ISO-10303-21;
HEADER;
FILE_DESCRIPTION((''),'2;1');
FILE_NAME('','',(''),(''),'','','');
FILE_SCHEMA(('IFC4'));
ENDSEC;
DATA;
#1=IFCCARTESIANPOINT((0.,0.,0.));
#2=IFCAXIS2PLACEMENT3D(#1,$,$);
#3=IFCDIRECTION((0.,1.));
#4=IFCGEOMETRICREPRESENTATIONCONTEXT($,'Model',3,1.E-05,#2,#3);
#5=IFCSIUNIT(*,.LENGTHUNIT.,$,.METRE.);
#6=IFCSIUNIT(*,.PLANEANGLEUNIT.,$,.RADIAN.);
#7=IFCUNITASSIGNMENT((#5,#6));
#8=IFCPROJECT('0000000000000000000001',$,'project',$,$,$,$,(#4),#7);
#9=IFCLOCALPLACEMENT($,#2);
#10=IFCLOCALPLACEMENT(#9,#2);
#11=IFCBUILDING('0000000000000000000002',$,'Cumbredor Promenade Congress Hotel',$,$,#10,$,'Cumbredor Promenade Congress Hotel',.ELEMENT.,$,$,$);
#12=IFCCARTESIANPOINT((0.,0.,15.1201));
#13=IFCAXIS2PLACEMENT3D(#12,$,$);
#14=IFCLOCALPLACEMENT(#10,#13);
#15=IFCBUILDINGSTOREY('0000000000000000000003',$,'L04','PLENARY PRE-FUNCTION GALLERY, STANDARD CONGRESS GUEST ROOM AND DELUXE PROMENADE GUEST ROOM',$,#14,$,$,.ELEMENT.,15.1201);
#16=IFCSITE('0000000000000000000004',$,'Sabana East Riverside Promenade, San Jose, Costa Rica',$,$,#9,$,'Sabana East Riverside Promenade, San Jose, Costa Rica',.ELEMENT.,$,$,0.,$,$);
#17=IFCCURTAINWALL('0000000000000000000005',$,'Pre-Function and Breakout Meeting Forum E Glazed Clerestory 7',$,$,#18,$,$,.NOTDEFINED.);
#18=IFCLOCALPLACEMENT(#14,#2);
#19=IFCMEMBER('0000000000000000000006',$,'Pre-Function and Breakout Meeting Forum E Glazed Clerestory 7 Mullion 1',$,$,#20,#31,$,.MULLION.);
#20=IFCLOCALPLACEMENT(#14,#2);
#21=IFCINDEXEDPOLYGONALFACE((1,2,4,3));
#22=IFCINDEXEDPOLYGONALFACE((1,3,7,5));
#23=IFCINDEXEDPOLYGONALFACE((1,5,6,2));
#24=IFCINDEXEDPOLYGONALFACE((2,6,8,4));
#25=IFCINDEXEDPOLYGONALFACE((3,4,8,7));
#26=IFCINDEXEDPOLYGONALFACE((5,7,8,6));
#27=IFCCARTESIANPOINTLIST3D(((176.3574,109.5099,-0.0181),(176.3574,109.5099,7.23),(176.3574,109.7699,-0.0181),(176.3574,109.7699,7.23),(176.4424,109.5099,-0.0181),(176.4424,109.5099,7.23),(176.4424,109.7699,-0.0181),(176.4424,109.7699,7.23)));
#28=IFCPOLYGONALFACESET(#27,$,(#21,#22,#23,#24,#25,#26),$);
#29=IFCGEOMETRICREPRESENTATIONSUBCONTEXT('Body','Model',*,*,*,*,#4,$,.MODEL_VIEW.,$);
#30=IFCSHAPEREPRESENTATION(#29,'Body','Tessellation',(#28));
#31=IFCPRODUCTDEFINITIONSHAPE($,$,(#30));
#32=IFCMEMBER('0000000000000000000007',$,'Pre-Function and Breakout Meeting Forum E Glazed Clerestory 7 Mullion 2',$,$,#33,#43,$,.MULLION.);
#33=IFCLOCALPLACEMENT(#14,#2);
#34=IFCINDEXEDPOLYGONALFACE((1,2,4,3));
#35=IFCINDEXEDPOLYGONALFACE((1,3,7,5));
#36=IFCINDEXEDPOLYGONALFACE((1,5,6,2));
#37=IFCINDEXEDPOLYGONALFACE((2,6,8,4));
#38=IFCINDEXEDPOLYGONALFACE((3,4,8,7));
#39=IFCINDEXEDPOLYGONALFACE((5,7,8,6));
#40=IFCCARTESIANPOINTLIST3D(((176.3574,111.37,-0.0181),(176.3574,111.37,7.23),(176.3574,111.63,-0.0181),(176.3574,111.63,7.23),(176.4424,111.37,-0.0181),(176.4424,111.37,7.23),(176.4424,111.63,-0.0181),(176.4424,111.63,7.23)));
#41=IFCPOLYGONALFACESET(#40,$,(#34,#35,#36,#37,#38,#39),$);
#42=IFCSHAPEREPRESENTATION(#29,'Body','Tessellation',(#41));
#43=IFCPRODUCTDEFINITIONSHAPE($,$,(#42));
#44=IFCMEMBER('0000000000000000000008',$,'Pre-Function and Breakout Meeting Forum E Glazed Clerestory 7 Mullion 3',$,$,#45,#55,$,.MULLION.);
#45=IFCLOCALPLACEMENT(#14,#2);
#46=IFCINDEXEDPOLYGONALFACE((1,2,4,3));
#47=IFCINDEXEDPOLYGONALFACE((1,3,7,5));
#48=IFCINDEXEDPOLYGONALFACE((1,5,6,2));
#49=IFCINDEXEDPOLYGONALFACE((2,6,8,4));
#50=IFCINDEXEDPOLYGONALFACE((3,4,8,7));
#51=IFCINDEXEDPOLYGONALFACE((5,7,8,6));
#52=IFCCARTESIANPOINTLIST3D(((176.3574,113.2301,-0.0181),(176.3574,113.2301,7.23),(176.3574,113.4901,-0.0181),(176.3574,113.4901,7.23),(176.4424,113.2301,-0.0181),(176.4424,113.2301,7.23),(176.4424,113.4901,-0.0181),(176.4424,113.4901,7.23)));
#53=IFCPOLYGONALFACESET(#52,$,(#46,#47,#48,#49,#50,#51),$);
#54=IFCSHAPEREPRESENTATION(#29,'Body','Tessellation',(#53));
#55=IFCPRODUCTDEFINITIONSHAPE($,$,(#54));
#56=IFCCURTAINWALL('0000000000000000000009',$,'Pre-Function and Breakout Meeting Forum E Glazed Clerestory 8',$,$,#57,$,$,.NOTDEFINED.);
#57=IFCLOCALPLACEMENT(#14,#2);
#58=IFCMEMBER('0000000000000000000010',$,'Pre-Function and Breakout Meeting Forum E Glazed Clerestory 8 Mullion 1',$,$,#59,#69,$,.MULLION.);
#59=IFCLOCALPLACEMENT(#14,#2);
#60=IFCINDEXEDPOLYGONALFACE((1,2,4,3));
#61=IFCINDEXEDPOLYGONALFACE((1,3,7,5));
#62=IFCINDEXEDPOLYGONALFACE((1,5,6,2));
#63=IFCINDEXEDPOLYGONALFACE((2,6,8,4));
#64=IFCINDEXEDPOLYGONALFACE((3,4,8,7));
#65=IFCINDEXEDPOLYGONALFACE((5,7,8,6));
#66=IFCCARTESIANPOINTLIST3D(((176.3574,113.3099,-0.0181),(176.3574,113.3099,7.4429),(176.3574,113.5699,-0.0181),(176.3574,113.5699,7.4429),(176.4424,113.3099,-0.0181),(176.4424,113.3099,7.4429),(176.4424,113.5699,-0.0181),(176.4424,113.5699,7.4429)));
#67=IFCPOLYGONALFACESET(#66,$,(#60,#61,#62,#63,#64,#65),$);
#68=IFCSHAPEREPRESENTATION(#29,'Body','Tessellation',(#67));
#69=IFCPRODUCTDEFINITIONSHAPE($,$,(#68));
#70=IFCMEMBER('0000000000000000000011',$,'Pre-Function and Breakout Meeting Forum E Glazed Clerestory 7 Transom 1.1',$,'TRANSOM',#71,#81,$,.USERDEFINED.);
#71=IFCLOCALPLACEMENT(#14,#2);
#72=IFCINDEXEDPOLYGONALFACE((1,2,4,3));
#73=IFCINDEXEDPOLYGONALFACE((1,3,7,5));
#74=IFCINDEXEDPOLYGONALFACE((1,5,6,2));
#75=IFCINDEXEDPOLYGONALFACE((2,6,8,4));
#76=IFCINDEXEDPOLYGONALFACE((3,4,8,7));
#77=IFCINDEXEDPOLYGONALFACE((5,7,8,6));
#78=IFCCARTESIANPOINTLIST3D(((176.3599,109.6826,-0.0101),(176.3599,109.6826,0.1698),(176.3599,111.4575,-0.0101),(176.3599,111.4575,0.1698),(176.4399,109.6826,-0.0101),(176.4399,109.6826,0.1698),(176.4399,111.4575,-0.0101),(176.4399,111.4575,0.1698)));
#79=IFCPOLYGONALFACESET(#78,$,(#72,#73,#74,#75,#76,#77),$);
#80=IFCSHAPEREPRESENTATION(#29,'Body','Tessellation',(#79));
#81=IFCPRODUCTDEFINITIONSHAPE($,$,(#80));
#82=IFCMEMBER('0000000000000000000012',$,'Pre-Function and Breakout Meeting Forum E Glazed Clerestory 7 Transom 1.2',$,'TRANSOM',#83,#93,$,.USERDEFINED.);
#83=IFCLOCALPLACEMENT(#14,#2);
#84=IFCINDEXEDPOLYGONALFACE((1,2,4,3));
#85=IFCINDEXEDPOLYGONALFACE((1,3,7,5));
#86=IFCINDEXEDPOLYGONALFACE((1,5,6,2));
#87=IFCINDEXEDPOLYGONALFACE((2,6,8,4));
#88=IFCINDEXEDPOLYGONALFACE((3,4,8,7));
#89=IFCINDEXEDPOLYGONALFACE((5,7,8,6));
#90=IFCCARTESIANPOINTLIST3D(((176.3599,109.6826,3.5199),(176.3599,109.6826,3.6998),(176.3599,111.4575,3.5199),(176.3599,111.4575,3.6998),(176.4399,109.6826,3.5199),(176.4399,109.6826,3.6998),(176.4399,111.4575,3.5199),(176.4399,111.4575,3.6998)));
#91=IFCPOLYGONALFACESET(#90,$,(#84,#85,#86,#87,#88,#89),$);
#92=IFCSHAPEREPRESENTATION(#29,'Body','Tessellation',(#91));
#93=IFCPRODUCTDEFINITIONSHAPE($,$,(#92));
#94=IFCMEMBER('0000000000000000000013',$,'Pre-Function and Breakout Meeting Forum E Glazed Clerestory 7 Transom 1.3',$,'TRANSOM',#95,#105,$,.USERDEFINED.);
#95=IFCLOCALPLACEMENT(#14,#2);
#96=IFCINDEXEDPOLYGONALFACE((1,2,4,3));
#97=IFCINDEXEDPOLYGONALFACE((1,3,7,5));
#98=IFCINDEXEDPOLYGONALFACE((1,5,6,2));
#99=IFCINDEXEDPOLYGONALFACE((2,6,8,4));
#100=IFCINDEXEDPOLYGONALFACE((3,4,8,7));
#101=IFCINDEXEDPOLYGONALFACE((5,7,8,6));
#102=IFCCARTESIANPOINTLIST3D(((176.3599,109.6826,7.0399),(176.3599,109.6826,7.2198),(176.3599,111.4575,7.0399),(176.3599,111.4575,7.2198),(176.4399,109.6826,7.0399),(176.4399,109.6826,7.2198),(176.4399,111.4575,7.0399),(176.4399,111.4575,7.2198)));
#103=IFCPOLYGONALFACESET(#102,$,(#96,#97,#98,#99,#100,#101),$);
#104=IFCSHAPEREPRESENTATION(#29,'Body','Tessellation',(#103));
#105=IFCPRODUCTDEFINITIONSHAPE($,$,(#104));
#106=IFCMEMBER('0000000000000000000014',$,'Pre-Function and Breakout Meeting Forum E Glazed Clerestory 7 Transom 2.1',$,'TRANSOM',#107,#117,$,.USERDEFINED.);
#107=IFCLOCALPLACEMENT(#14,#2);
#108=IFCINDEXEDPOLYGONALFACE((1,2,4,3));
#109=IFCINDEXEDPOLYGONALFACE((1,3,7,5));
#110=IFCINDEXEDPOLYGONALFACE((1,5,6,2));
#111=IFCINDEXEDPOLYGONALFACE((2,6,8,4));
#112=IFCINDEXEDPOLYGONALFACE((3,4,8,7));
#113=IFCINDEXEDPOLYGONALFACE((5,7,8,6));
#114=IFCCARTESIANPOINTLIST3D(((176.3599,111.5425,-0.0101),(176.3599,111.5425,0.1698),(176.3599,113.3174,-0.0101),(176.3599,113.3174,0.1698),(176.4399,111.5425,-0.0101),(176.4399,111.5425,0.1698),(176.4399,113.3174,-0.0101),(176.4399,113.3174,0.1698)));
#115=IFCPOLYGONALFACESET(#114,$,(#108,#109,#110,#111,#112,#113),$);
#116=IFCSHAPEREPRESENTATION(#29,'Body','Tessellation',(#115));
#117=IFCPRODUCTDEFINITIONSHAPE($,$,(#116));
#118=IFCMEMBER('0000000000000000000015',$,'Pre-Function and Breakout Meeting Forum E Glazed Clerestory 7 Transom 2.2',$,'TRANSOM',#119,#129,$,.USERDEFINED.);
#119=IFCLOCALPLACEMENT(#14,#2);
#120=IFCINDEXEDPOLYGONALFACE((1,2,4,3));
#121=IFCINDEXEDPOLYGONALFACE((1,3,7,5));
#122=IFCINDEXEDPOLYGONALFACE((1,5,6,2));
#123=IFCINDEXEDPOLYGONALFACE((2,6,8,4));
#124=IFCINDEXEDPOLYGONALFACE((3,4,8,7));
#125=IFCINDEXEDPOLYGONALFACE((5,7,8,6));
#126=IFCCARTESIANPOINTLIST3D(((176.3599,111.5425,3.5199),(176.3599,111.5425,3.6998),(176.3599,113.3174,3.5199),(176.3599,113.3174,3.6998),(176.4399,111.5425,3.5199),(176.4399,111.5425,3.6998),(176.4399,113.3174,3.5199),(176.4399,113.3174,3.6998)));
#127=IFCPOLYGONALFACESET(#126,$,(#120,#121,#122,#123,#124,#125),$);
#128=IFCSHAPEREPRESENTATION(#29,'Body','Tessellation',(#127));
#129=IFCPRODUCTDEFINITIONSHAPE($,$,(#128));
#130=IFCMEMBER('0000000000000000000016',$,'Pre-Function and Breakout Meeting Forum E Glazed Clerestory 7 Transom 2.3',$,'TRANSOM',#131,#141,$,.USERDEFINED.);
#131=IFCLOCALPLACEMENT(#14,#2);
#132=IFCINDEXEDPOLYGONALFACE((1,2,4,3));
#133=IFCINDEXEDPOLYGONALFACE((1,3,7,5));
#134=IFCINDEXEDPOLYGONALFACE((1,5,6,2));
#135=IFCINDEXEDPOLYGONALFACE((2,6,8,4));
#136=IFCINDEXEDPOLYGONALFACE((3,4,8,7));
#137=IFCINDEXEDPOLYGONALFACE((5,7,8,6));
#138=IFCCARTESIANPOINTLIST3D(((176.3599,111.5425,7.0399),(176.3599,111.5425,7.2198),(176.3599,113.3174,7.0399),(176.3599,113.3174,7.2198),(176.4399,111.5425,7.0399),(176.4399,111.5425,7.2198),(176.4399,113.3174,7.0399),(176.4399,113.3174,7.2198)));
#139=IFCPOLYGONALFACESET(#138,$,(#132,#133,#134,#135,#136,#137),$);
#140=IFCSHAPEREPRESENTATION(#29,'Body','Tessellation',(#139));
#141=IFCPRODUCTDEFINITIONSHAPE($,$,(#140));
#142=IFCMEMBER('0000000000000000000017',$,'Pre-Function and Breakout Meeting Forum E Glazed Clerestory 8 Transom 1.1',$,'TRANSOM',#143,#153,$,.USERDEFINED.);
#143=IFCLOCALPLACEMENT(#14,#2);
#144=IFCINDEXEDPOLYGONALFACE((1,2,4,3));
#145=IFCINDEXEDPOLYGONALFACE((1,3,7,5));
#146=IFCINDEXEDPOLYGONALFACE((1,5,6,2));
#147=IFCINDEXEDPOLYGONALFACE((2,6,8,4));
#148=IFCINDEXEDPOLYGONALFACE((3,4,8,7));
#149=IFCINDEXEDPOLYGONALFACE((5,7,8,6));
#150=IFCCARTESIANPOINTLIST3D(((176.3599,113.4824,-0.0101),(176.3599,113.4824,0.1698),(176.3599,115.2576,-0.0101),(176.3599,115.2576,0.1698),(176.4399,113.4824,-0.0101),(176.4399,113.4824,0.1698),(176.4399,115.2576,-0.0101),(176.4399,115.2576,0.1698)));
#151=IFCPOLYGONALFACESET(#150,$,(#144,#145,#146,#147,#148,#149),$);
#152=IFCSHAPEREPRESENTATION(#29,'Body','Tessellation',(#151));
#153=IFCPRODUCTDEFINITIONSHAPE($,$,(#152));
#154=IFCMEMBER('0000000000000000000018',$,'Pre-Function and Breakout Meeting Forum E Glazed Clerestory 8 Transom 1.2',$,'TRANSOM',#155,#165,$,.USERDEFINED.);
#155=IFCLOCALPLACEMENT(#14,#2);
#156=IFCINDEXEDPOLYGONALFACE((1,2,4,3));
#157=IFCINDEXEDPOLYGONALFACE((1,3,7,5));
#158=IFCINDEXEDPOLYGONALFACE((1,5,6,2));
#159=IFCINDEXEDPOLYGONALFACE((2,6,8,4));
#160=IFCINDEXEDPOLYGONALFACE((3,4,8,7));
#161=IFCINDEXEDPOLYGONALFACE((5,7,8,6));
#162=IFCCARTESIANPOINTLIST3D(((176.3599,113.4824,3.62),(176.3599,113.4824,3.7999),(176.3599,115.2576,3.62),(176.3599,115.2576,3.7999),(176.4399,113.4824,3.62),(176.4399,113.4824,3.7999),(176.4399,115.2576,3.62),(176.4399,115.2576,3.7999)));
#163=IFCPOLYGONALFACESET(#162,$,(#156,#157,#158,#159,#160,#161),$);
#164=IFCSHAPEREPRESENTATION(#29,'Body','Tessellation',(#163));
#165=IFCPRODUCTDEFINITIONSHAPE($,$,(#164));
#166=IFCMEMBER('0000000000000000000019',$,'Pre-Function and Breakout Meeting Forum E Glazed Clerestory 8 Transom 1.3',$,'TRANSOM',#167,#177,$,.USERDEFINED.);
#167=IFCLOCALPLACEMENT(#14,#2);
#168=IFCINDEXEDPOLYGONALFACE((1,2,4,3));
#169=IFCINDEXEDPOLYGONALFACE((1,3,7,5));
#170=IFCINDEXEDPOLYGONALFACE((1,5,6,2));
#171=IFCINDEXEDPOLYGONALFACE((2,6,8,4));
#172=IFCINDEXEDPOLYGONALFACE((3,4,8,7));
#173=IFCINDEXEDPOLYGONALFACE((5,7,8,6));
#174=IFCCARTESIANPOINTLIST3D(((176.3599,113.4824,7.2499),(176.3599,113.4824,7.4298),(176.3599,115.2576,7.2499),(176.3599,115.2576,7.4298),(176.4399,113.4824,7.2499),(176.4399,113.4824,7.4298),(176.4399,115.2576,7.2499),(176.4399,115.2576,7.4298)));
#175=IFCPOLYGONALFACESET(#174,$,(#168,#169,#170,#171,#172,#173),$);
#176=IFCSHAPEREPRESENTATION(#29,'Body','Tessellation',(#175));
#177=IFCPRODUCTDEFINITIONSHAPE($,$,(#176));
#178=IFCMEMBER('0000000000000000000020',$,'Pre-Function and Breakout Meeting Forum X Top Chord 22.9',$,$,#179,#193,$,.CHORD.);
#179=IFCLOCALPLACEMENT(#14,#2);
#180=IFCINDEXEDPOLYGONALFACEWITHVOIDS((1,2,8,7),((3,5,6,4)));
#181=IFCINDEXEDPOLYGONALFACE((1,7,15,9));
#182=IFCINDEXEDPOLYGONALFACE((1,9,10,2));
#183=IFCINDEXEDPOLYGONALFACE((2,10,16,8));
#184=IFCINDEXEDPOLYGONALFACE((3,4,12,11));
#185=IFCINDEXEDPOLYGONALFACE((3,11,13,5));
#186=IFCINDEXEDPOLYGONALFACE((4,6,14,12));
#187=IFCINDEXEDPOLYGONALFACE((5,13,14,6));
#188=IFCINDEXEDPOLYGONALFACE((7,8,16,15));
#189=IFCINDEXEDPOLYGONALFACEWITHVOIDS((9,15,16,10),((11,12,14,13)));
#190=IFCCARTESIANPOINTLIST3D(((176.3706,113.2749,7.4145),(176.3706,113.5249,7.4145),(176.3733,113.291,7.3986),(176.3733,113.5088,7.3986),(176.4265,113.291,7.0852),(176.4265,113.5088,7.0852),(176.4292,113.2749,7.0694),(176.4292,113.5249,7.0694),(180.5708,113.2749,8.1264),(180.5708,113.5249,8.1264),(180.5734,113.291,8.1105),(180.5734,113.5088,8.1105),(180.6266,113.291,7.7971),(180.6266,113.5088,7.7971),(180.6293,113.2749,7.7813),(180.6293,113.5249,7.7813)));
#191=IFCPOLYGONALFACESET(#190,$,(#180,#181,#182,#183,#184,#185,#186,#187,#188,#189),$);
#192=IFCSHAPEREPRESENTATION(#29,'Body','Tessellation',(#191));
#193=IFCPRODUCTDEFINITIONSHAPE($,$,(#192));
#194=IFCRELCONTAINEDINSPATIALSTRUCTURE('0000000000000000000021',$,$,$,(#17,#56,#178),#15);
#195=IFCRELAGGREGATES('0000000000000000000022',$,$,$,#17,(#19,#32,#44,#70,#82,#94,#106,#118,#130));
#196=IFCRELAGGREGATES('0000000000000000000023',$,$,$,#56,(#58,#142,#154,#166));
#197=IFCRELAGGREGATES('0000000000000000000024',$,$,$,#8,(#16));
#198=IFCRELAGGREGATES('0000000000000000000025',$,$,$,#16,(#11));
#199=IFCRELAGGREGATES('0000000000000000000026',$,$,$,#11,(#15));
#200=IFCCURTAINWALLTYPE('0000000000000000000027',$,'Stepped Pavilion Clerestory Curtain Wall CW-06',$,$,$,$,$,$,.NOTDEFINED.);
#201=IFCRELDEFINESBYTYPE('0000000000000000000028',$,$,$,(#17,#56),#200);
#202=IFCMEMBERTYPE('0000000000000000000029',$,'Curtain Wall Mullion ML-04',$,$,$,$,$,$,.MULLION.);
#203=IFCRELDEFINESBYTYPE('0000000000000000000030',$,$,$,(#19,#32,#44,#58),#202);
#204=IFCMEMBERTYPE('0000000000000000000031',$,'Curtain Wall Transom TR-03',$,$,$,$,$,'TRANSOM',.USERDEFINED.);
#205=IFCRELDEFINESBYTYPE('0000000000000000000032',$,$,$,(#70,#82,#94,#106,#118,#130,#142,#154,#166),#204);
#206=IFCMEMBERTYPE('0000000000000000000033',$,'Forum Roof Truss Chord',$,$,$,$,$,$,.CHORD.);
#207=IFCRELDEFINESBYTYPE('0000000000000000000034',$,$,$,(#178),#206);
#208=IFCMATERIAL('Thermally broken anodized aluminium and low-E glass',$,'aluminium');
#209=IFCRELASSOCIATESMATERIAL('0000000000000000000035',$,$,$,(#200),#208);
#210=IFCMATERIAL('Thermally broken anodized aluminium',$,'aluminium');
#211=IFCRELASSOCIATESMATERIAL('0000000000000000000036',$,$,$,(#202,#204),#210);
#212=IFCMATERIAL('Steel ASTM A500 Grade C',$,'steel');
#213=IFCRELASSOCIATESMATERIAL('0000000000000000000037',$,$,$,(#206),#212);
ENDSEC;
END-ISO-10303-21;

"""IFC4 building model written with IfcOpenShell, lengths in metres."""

from ifc_helpers import new_model, si_unit, direction, frame, origin, origin_2d, place, context, subcontext, project, spatial, rectangle, hollow_rectangle, extrude, material, material_profile, profile_set, type_object, element, aggregate, save


model = new_model("IFC4")

# Units and contexts
model_context = context("Model", 3, precision=1e-05, world=origin(), true_north=direction((0.0, 1.0)))
body_context = subcontext(model_context, "Body", "Model", "MODEL_VIEW")
ifc_project = project(units=[si_unit("LENGTHUNIT", "METRE"), si_unit("PLANEANGLEUNIT", "RADIAN")], contexts=[model_context])

# Site, building, storey
site_placement = place(None, origin())
site = spatial("IfcSite", under=ifc_project, at=site_placement, Name="Sabana East Riverside Promenade, San Jose, Costa Rica", LongName="Sabana East Riverside Promenade, San Jose, Costa Rica", CompositionType="ELEMENT", RefElevation=0.0)
building_placement = place(site_placement, origin())
building = spatial("IfcBuilding", under=site, at=building_placement, Name="Cumbredor Promenade Congress Hotel", LongName="Cumbredor Promenade Congress Hotel", CompositionType="ELEMENT")
storey_placement = place(building_placement, frame((0.0, 0.0, 15.1201)))
storey = spatial("IfcBuildingStorey", under=building, at=storey_placement, Name="L04", Description="PLENARY PRE-FUNCTION GALLERY, STANDARD CONGRESS GUEST ROOM AND DELUXE PROMENADE GUEST ROOM", CompositionType="ELEMENT", Elevation=15.1201)

# Curtain wall, members
ifc_material_1 = material(Name="Thermally broken anodized aluminium and low-E glass", Category="aluminium")
curtain_wall_type = type_object("IfcCurtainWallType", Name="Stepped Pavilion Clerestory Curtain Wall CW-06", PredefinedType="NOTDEFINED", material=ifc_material_1)
curtain_wall_1_placement = place(storey_placement, origin())
curtain_wall_1 = element("IfcCurtainWall", 1, at=curtain_wall_1_placement, inside=storey, type_object=curtain_wall_type, Name="Pre-Function and Breakout Meeting Forum E Glazed Clerestory 7", PredefinedType="NOTDEFINED")
ifc_material_2 = material(Name="Thermally broken anodized aluminium", Category="aluminium")
ifc_material_profile_1 = material_profile(ifc_material_2, rectangle(XDim=0.085, YDim=0.26, at=origin_2d()), Name="ALU MULLION CLERESTORY 85x260")
ifc_profile_set_1 = profile_set([ifc_material_profile_1], Name="Thermally broken anodized aluminium")
member_type_1 = type_object("IfcMemberType", Name="Curtain Wall Mullion ML-04", PredefinedType="MULLION", material=ifc_profile_set_1)
member_1_placement = place(storey_placement, frame((176.3999, 109.6399, -0.0181), z_axis=(0.0, 0.0, 1.0), x_axis=(1.0, 0.0, 0.0)))
member_1 = element("IfcMember", 2, at=member_1_placement, type_object=member_type_1, Name="Pre-Function and Breakout Meeting Forum E Glazed Clerestory 7 Mullion 1", PredefinedType="MULLION", context=body_context, shape_type="SweptSolid", body=[
    extrude(rectangle(XDim=0.085, YDim=0.26, at=origin_2d()), origin(), (0.0, 0.0, 1.0), 7.248),
])
member_2_placement = place(storey_placement, frame((176.3999, 111.5, -0.0181), z_axis=(0.0, 0.0, 1.0), x_axis=(1.0, 0.0, 0.0)))
member_2 = element("IfcMember", 3, at=member_2_placement, type_object=member_type_1, Name="Pre-Function and Breakout Meeting Forum E Glazed Clerestory 7 Mullion 2", PredefinedType="MULLION", context=body_context, shape_type="SweptSolid", body=[
    extrude(rectangle(XDim=0.085, YDim=0.26, at=origin_2d()), origin(), (0.0, 0.0, 1.0), 7.248),
])
member_3_placement = place(storey_placement, frame((176.3999, 113.3601, -0.0181), z_axis=(0.0, 0.0, 1.0), x_axis=(1.0, 0.0, 0.0)))
member_3 = element("IfcMember", 4, at=member_3_placement, type_object=member_type_1, Name="Pre-Function and Breakout Meeting Forum E Glazed Clerestory 7 Mullion 3", PredefinedType="MULLION", context=body_context, shape_type="SweptSolid", body=[
    extrude(rectangle(XDim=0.085, YDim=0.26, at=origin_2d()), origin(), (0.0, 0.0, 1.0), 7.248),
])

# Curtain wall, member
curtain_wall_2_placement = place(storey_placement, origin())
curtain_wall_2 = element("IfcCurtainWall", 5, at=curtain_wall_2_placement, inside=storey, type_object=curtain_wall_type, Name="Pre-Function and Breakout Meeting Forum E Glazed Clerestory 8", PredefinedType="NOTDEFINED")
member_4_placement = place(storey_placement, frame((176.3999, 113.4399, -0.0181), z_axis=(0.0, 0.0, 1.0), x_axis=(1.0, 0.0, 0.0)))
member_4 = element("IfcMember", 6, at=member_4_placement, type_object=member_type_1, Name="Pre-Function and Breakout Meeting Forum E Glazed Clerestory 8 Mullion 1", PredefinedType="MULLION", context=body_context, shape_type="SweptSolid", body=[
    extrude(rectangle(XDim=0.085, YDim=0.26, at=origin_2d()), origin(), (0.0, 0.0, 1.0), 7.4609),
])

# Members
ifc_material_profile_2 = material_profile(ifc_material_2, rectangle(XDim=0.0801, YDim=0.1799, at=origin_2d()), Name="ALU TRANSOM 80x180")
ifc_profile_set_2 = profile_set([ifc_material_profile_2], Name="Thermally broken anodized aluminium")
member_type_2 = type_object("IfcMemberType", Name="Curtain Wall Transom TR-03", ElementType="TRANSOM", PredefinedType="USERDEFINED", material=ifc_profile_set_2)
member_5_placement = place(storey_placement, frame((176.3999, 109.6826, 0.0798), z_axis=(0.0, 1.0, 0.0), x_axis=(-1.0, 0.0, 0.0)))
member_5 = element("IfcMember", 7, at=member_5_placement, type_object=member_type_2, Name="Pre-Function and Breakout Meeting Forum E Glazed Clerestory 7 Transom 1.1", ObjectType="TRANSOM", PredefinedType="USERDEFINED", context=body_context, shape_type="SweptSolid", body=[
    extrude(rectangle(XDim=0.0801, YDim=0.1799, at=origin_2d()), origin(), (0.0, 0.0, 1.0), 1.7749),
])
member_6_placement = place(storey_placement, frame((176.3999, 109.6826, 3.6099), z_axis=(0.0, 1.0, 0.0), x_axis=(-1.0, 0.0, 0.0)))
member_6 = element("IfcMember", 8, at=member_6_placement, type_object=member_type_2, Name="Pre-Function and Breakout Meeting Forum E Glazed Clerestory 7 Transom 1.2", ObjectType="TRANSOM", PredefinedType="USERDEFINED", context=body_context, shape_type="SweptSolid", body=[
    extrude(rectangle(XDim=0.0801, YDim=0.1799, at=origin_2d()), origin(), (0.0, 0.0, 1.0), 1.7749),
])
member_7_placement = place(storey_placement, frame((176.3999, 109.6826, 7.1299), z_axis=(0.0, 1.0, 0.0), x_axis=(-1.0, 0.0, 0.0)))
member_7 = element("IfcMember", 9, at=member_7_placement, type_object=member_type_2, Name="Pre-Function and Breakout Meeting Forum E Glazed Clerestory 7 Transom 1.3", ObjectType="TRANSOM", PredefinedType="USERDEFINED", context=body_context, shape_type="SweptSolid", body=[
    extrude(rectangle(XDim=0.0801, YDim=0.1799, at=origin_2d()), origin(), (0.0, 0.0, 1.0), 1.7749),
])
member_8_placement = place(storey_placement, frame((176.3999, 111.5425, 0.0798), z_axis=(0.0, 1.0, 0.0), x_axis=(-1.0, 0.0, 0.0)))
member_8 = element("IfcMember", 10, at=member_8_placement, type_object=member_type_2, Name="Pre-Function and Breakout Meeting Forum E Glazed Clerestory 7 Transom 2.1", ObjectType="TRANSOM", PredefinedType="USERDEFINED", context=body_context, shape_type="SweptSolid", body=[
    extrude(rectangle(XDim=0.0801, YDim=0.1799, at=origin_2d()), origin(), (0.0, 0.0, 1.0), 1.7749),
])
member_9_placement = place(storey_placement, frame((176.3999, 111.5425, 3.6099), z_axis=(0.0, 1.0, 0.0), x_axis=(-1.0, 0.0, 0.0)))
member_9 = element("IfcMember", 11, at=member_9_placement, type_object=member_type_2, Name="Pre-Function and Breakout Meeting Forum E Glazed Clerestory 7 Transom 2.2", ObjectType="TRANSOM", PredefinedType="USERDEFINED", context=body_context, shape_type="SweptSolid", body=[
    extrude(rectangle(XDim=0.0801, YDim=0.1799, at=origin_2d()), origin(), (0.0, 0.0, 1.0), 1.7749),
])
member_10_placement = place(storey_placement, frame((176.3999, 111.5425, 7.1299), z_axis=(0.0, 1.0, 0.0), x_axis=(-1.0, 0.0, 0.0)))
member_10 = element("IfcMember", 12, at=member_10_placement, type_object=member_type_2, Name="Pre-Function and Breakout Meeting Forum E Glazed Clerestory 7 Transom 2.3", ObjectType="TRANSOM", PredefinedType="USERDEFINED", context=body_context, shape_type="SweptSolid", body=[
    extrude(rectangle(XDim=0.0801, YDim=0.1799, at=origin_2d()), origin(), (0.0, 0.0, 1.0), 1.7749),
])
member_11_placement = place(storey_placement, frame((176.3999, 113.4824, 0.0798), z_axis=(0.0, 1.0, 0.0), x_axis=(-1.0, 0.0, 0.0)))
member_11 = element("IfcMember", 13, at=member_11_placement, type_object=member_type_2, Name="Pre-Function and Breakout Meeting Forum E Glazed Clerestory 8 Transom 1.1", ObjectType="TRANSOM", PredefinedType="USERDEFINED", context=body_context, shape_type="SweptSolid", body=[
    extrude(rectangle(XDim=0.0801, YDim=0.1799, at=origin_2d()), origin(), (0.0, 0.0, 1.0), 1.7751),
])
member_12_placement = place(storey_placement, frame((176.3999, 113.4824, 3.71), z_axis=(0.0, 1.0, 0.0), x_axis=(-1.0, 0.0, 0.0)))
member_12 = element("IfcMember", 14, at=member_12_placement, type_object=member_type_2, Name="Pre-Function and Breakout Meeting Forum E Glazed Clerestory 8 Transom 1.2", ObjectType="TRANSOM", PredefinedType="USERDEFINED", context=body_context, shape_type="SweptSolid", body=[
    extrude(rectangle(XDim=0.0801, YDim=0.1799, at=origin_2d()), origin(), (0.0, 0.0, 1.0), 1.7751),
])
member_13_placement = place(storey_placement, frame((176.3999, 113.4824, 7.3398), z_axis=(0.0, 1.0, 0.0), x_axis=(-1.0, 0.0, 0.0)))
member_13 = element("IfcMember", 15, at=member_13_placement, type_object=member_type_2, Name="Pre-Function and Breakout Meeting Forum E Glazed Clerestory 8 Transom 1.3", ObjectType="TRANSOM", PredefinedType="USERDEFINED", context=body_context, shape_type="SweptSolid", body=[
    extrude(rectangle(XDim=0.0801, YDim=0.1799, at=origin_2d()), origin(), (0.0, 0.0, 1.0), 1.7751),
])

# Member
ifc_material_3 = material(Name="Steel ASTM A500 Grade C", Category="steel")
ifc_material_profile_3 = material_profile(ifc_material_3, hollow_rectangle(XDim=0.25, YDim=0.3501, WallThickness=0.0161, at=origin_2d()), Name="HSS 350x250x16")
ifc_profile_set_3 = profile_set([ifc_material_profile_3], Name="Steel ASTM A500 Grade C")
member_type_3 = type_object("IfcMemberType", Name="Forum Roof Truss Chord", PredefinedType="CHORD", material=ifc_profile_set_3)
for number, where, z_axis, x_axis, name in (
    (16, (176.3999, 113.3999, 7.2419), (0.985938, 0.0, 0.167112), (0.0, 1.0, 0.0), "Pre-Function and Breakout Meeting Forum X Top Chord 22.9"),
):
    element("IfcMember", number, at=place(storey_placement, frame(where, z_axis=z_axis, x_axis=x_axis)), inside=storey, type_object=member_type_3, Name=name, PredefinedType="CHORD", context=body_context, shape_type="SweptSolid", body=[
        extrude(hollow_rectangle(XDim=0.25, YDim=0.3501, WallThickness=0.0161, at=origin_2d()), origin(), (0.0, 0.0, 1.0), 4.26),
    ])

aggregate(curtain_wall_1, [member_1, member_2, member_3, member_5, member_6, member_7, member_8, member_9, member_10])
aggregate(curtain_wall_2, [member_4, member_11, member_12, member_13])

save(model, "model.ifc")
